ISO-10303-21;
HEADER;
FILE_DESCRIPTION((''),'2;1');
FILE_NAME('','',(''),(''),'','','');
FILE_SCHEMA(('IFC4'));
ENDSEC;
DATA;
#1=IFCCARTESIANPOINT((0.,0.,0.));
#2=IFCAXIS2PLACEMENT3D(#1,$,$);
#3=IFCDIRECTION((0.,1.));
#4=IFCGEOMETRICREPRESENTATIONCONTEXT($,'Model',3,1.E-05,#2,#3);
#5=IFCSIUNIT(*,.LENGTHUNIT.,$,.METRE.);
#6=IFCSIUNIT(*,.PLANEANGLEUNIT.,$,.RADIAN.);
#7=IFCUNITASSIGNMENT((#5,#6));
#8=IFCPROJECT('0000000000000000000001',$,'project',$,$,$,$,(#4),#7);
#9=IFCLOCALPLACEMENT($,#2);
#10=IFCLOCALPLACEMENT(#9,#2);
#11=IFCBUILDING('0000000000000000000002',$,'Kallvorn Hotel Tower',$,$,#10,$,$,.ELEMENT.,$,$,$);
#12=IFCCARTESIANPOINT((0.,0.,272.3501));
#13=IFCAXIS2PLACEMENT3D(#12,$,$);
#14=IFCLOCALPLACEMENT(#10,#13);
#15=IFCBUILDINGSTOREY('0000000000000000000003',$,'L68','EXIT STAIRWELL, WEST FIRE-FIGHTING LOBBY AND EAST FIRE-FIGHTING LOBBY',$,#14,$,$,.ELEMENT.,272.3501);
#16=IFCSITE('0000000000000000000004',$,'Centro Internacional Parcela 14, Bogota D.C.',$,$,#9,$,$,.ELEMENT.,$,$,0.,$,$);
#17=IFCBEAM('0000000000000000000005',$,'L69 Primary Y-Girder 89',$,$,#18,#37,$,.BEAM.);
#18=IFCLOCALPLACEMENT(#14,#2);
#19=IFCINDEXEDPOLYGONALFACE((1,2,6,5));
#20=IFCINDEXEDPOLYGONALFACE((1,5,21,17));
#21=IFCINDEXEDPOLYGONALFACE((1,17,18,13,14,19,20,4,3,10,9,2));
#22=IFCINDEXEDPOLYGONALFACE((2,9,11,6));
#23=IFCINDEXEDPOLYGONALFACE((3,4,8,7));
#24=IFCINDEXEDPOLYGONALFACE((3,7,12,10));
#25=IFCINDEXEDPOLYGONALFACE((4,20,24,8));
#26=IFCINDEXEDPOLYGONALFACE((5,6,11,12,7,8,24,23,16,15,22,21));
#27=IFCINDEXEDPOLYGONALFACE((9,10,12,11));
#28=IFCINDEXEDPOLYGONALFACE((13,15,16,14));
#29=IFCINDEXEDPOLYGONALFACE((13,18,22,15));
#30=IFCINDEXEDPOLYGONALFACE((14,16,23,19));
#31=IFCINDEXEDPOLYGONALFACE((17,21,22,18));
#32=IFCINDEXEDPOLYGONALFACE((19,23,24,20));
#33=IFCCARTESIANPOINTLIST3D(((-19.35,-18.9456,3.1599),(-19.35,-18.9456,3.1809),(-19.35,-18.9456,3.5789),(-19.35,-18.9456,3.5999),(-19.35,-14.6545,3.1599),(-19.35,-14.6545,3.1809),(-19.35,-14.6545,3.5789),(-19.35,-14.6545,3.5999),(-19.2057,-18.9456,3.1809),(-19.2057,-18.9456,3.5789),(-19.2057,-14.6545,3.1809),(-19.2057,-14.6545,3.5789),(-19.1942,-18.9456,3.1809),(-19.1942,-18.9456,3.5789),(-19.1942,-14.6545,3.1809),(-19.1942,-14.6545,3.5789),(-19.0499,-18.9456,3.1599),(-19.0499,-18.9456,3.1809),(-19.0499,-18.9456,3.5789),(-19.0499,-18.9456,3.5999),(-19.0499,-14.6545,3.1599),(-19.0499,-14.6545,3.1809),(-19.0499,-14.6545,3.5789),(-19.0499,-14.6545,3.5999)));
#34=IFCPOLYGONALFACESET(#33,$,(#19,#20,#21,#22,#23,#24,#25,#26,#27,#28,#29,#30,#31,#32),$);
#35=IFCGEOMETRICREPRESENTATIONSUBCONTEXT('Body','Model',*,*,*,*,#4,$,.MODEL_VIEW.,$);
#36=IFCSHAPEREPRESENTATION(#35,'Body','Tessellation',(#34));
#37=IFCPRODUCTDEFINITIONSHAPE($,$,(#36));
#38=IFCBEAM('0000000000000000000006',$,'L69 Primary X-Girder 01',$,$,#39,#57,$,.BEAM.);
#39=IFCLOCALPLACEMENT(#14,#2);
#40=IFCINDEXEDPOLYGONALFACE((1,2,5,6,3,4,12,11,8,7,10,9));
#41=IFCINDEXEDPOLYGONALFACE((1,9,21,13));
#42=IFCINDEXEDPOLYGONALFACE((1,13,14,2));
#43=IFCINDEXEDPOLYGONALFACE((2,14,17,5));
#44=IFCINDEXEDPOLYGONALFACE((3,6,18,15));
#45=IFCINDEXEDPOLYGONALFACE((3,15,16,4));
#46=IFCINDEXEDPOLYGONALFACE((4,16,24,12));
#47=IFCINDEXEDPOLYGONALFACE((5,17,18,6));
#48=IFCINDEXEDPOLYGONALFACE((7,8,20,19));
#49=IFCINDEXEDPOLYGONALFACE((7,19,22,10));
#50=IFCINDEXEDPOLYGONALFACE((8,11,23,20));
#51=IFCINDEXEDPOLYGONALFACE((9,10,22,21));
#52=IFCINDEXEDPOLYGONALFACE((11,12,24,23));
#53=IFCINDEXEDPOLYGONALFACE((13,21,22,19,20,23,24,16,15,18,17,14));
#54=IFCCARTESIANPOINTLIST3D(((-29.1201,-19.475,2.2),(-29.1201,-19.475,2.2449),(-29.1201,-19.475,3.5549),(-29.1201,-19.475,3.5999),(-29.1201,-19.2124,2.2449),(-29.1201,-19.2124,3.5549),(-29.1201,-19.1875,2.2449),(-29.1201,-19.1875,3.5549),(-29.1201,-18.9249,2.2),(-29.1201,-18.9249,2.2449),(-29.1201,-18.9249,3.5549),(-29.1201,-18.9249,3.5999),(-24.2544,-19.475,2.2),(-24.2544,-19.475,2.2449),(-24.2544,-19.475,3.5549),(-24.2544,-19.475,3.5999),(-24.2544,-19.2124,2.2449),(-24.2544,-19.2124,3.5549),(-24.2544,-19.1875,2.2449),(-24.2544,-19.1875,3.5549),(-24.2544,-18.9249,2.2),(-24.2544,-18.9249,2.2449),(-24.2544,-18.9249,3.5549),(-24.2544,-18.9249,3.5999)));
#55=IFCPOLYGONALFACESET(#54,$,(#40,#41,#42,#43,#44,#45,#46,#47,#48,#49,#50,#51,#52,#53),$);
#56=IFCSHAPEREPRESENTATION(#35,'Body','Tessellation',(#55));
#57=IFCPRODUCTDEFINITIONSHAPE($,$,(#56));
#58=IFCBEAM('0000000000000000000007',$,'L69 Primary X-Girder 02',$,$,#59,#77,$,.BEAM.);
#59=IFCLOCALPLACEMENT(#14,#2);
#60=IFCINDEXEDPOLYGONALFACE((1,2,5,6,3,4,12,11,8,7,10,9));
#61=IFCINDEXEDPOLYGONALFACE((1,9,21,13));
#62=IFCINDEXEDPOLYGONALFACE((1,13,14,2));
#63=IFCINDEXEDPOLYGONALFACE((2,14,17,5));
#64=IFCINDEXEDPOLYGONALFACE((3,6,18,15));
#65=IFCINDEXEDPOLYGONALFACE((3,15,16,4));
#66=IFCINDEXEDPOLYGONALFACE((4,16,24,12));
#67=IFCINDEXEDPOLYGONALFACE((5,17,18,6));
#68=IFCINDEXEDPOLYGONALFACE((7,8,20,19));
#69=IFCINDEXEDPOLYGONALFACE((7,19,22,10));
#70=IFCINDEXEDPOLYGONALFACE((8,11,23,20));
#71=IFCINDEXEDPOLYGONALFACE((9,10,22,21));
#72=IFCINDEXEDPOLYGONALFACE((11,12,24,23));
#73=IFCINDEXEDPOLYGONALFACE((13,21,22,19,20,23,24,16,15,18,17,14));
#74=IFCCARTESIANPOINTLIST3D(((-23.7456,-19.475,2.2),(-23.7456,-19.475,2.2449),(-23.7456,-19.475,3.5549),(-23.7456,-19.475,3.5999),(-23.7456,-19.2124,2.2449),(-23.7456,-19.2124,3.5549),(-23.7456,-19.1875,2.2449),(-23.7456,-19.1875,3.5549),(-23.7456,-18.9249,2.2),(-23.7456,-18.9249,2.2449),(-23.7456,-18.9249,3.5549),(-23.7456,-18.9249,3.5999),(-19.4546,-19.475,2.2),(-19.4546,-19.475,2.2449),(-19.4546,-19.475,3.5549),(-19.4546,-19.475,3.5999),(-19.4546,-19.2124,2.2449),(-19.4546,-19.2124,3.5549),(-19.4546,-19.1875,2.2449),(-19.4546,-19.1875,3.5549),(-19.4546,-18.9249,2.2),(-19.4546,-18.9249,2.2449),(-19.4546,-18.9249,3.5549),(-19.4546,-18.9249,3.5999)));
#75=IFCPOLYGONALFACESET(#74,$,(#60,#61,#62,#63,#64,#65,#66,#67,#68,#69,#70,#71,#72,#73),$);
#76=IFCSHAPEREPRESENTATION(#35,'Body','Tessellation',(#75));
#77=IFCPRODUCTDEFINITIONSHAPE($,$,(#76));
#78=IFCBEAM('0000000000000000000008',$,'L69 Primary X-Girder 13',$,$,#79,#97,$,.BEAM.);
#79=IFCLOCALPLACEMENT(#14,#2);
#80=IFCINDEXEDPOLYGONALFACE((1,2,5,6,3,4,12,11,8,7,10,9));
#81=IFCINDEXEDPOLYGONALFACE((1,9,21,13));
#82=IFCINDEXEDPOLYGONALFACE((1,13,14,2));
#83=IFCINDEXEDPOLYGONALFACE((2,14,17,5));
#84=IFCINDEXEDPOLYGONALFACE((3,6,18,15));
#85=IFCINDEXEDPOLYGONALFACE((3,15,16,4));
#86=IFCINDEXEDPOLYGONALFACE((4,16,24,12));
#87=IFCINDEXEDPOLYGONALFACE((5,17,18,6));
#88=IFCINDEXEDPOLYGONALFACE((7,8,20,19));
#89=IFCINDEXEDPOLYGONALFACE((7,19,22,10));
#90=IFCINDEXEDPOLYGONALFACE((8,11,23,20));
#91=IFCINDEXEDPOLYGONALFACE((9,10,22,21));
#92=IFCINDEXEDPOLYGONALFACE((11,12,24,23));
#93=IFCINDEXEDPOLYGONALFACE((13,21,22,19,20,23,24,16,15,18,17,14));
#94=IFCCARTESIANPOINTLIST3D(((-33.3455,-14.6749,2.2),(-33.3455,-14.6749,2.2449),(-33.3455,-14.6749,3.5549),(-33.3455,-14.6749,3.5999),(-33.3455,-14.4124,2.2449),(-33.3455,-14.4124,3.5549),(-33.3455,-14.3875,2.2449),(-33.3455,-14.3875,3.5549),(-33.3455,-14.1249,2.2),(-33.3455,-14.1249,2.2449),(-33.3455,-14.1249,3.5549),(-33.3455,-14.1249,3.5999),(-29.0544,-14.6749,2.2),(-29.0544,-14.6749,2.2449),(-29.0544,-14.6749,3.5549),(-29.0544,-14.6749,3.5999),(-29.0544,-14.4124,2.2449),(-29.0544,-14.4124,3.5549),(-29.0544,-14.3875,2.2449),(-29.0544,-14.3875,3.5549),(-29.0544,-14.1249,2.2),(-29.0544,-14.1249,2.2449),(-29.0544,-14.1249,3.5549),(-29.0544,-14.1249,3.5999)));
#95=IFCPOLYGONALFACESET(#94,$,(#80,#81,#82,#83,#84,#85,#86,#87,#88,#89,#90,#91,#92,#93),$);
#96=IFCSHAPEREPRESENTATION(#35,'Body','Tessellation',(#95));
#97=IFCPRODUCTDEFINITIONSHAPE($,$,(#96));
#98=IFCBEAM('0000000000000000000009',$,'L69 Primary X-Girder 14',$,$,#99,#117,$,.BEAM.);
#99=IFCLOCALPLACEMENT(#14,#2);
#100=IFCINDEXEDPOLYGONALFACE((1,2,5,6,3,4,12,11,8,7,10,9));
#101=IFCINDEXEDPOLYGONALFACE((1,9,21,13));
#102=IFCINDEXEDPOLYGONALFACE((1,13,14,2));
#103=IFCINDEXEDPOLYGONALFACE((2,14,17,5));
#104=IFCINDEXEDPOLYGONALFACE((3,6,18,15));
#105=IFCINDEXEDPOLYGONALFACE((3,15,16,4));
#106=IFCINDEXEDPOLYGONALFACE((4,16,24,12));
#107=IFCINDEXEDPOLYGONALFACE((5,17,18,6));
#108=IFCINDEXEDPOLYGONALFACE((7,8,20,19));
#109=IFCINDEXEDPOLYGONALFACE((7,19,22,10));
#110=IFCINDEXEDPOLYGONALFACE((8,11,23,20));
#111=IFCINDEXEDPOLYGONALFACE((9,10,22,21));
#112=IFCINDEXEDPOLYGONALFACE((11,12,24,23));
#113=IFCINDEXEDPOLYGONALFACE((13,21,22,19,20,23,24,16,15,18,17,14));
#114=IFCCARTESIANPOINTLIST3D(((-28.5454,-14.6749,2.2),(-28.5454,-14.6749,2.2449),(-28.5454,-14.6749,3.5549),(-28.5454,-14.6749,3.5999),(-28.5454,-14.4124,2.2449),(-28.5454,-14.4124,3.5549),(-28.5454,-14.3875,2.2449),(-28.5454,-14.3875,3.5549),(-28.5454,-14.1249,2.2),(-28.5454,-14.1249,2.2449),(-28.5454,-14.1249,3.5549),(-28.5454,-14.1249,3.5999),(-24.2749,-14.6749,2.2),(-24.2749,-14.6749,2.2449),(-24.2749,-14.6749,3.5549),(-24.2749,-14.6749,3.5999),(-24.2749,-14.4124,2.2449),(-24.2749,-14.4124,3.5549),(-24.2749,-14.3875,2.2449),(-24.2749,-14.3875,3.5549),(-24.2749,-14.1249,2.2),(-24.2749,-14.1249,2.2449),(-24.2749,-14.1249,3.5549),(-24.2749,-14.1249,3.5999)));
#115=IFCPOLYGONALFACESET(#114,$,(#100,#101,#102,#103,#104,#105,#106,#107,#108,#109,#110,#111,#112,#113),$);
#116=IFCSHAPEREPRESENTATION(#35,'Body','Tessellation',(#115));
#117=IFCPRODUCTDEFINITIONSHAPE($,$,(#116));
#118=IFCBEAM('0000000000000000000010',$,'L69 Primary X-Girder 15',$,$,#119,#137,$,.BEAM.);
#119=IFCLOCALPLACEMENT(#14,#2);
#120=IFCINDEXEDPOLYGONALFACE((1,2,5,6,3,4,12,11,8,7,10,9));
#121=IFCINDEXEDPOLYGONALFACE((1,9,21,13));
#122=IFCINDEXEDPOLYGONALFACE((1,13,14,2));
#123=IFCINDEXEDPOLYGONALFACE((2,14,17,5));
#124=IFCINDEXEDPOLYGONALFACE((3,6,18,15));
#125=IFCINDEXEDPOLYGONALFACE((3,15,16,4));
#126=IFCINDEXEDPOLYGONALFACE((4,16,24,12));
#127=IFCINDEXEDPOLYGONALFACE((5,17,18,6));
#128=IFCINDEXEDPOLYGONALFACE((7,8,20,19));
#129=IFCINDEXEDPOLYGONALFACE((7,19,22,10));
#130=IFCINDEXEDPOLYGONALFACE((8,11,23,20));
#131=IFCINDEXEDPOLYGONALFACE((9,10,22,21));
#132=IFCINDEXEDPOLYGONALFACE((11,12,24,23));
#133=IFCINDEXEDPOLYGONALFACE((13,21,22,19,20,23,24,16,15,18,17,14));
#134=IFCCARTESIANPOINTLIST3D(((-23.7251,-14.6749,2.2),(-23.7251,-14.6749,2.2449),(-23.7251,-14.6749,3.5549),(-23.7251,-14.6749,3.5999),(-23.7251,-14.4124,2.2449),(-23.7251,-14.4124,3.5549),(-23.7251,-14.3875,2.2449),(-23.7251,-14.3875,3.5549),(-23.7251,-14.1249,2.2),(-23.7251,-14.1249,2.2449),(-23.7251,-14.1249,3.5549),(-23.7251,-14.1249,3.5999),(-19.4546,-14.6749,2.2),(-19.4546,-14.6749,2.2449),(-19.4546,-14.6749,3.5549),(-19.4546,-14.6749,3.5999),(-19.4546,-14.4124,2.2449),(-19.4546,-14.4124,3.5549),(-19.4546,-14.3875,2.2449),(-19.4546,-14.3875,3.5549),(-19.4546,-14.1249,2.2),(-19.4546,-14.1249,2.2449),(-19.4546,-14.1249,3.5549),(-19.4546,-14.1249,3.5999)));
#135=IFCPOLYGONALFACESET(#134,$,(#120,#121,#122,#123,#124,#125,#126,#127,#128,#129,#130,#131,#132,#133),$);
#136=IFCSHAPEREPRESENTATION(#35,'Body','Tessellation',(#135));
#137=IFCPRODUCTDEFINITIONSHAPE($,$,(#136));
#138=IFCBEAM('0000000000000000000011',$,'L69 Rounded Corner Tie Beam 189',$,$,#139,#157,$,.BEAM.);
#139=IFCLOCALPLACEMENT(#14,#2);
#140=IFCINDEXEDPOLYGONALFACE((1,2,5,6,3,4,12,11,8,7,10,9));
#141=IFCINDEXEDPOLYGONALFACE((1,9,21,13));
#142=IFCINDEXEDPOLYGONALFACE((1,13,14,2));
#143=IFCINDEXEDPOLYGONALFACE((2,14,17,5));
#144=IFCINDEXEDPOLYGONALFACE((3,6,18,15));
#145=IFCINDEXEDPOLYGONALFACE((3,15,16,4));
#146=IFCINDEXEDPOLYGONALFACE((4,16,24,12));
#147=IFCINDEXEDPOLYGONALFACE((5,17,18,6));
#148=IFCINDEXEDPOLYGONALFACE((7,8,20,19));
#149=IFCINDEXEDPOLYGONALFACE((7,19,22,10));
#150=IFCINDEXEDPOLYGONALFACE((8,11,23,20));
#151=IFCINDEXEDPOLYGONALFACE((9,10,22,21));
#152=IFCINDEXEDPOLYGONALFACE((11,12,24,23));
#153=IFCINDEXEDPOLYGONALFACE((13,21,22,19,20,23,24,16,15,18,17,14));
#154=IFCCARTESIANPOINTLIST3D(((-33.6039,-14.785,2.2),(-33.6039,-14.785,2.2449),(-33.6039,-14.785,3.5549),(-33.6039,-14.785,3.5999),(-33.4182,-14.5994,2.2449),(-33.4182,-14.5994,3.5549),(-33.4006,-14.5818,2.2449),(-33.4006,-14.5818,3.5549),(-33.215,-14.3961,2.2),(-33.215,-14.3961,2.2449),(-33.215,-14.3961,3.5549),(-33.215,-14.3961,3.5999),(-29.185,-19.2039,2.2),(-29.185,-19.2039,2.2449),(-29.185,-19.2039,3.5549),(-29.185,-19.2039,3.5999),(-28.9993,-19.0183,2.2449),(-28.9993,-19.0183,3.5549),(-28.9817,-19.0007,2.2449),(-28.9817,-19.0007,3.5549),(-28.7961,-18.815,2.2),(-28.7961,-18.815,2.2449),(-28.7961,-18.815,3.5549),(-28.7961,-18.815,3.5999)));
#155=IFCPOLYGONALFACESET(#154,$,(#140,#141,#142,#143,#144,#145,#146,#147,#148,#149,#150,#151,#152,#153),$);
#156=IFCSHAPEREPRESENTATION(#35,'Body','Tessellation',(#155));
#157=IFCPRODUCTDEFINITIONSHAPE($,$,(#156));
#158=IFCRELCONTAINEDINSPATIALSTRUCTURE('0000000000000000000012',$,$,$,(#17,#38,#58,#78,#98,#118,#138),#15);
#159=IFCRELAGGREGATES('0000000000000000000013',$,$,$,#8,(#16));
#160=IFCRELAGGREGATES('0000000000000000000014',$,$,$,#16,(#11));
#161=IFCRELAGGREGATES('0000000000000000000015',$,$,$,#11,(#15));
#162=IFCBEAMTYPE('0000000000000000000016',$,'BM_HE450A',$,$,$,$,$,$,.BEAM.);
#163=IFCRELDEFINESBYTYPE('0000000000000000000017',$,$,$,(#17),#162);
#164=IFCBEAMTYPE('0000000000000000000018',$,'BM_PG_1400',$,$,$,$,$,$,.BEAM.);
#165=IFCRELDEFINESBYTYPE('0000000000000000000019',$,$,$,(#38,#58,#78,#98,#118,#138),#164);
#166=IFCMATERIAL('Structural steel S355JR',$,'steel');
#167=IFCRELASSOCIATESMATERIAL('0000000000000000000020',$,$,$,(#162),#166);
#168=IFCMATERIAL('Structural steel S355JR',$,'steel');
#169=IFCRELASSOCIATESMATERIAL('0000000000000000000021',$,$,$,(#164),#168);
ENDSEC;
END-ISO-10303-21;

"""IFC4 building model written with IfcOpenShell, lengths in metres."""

from ifc_helpers import new_model, si_unit, direction, frame, origin, origin_2d, place, context, subcontext, project, spatial, i_section, extrude, material, material_profile, profile_set, type_object, element, save


model = new_model("IFC4")

# Units and contexts
model_context = context("Model", 3, precision=1e-05, world=origin(), true_north=direction((0.0, 1.0)))
body_context = subcontext(model_context, "Body", "Model", "MODEL_VIEW")
ifc_project = project(units=[si_unit("LENGTHUNIT", "METRE"), si_unit("PLANEANGLEUNIT", "RADIAN")], contexts=[model_context])

# Site, building, storey
site_placement = place(None, origin())
site = spatial("IfcSite", under=ifc_project, at=site_placement, Name="Centro Internacional Parcela 14, Bogota D.C.", CompositionType="ELEMENT", RefElevation=0.0)
building_placement = place(site_placement, origin())
building = spatial("IfcBuilding", under=site, at=building_placement, Name="Kallvorn Hotel Tower", CompositionType="ELEMENT")
storey_placement = place(building_placement, frame((0.0, 0.0, 272.3501)))
storey = spatial("IfcBuildingStorey", under=building, at=storey_placement, Name="L68", Description="EXIT STAIRWELL, WEST FIRE-FIGHTING LOBBY AND EAST FIRE-FIGHTING LOBBY", CompositionType="ELEMENT", Elevation=272.3501)

# Beams
ifc_material_1 = material(Name="Structural steel S355JR", Category="steel")
ifc_material_profile_1 = material_profile(ifc_material_1, i_section(OverallWidth=0.3, OverallDepth=0.4399, WebThickness=0.0115, FlangeThickness=0.021, at=origin_2d()), Name="HE 450 A")
ifc_profile_set_1 = profile_set([ifc_material_profile_1], Name="Structural steel S355JR")
beam_type_1 = type_object("IfcBeamType", Name="BM_HE450A", PredefinedType="BEAM", material=ifc_profile_set_1)
beam_1_placement = place(storey_placement, frame((-19.2, -18.9456, 3.3799), z_axis=(0.0, 1.0, 0.0), x_axis=(-1.0, 0.0, 0.0)))
element("IfcBeam", 1, at=beam_1_placement, inside=storey, type_object=beam_type_1, Name="L69 Primary Y-Girder 89", PredefinedType="BEAM", context=body_context, shape_type="SweptSolid", body=[
    extrude(i_section(OverallWidth=0.3, OverallDepth=0.4399, WebThickness=0.0115, FlangeThickness=0.021, at=origin_2d()), origin(), (0.0, 0.0, 1.0), 4.291),
])
ifc_material_2 = material(Name="Structural steel S355JR", Category="steel")
ifc_material_profile_2 = material_profile(ifc_material_2, i_section(OverallWidth=0.55, OverallDepth=1.3999, WebThickness=0.0249, FlangeThickness=0.0449, at=origin_2d()), Name="PG 1400x550x25x45")
ifc_profile_set_2 = profile_set([ifc_material_profile_2], Name="Structural steel S355JR")
beam_type_2 = type_object("IfcBeamType", Name="BM_PG_1400", PredefinedType="BEAM", material=ifc_profile_set_2)
beam_2_placement = place(storey_placement, frame((-29.1201, -19.2, 2.8999), z_axis=(1.0, 0.0, 0.0), x_axis=(0.0, 1.0, 0.0)))
element("IfcBeam", 2, at=beam_2_placement, inside=storey, type_object=beam_type_2, Name="L69 Primary X-Girder 01", PredefinedType="BEAM", context=body_context, shape_type="SweptSolid", body=[
    extrude(i_section(OverallWidth=0.55, OverallDepth=1.3999, WebThickness=0.0249, FlangeThickness=0.0449, at=origin_2d()), origin(), (0.0, 0.0, 1.0), 4.8657),
])
for number, where, z_axis, x_axis, name in (
    (3, (-23.7456, -19.2, 2.8999), (1.0, 0.0, 0.0), (0.0, 1.0, 0.0), "L69 Primary X-Girder 02"),
    (4, (-33.3455, -14.3999, 2.8999), (1.0, 0.0, 0.0), (0.0, 1.0, 0.0), "L69 Primary X-Girder 13"),
):
    element("IfcBeam", number, at=place(storey_placement, frame(where, z_axis=z_axis, x_axis=x_axis)), inside=storey, type_object=beam_type_2, Name=name, PredefinedType="BEAM", context=body_context, shape_type="SweptSolid", body=[
        extrude(i_section(OverallWidth=0.55, OverallDepth=1.3999, WebThickness=0.0249, FlangeThickness=0.0449, at=origin_2d()), origin(), (0.0, 0.0, 1.0), 4.291),
    ])
for number, where, z_axis, x_axis, name in (
    (5, (-28.5454, -14.3999, 2.8999), (1.0, 0.0, 0.0), (0.0, 1.0, 0.0), "L69 Primary X-Girder 14"),
    (6, (-23.7251, -14.3999, 2.8999), (1.0, 0.0, 0.0), (0.0, 1.0, 0.0), "L69 Primary X-Girder 15"),
):
    element("IfcBeam", number, at=place(storey_placement, frame(where, z_axis=z_axis, x_axis=x_axis)), inside=storey, type_object=beam_type_2, Name=name, PredefinedType="BEAM", context=body_context, shape_type="SweptSolid", body=[
        extrude(i_section(OverallWidth=0.55, OverallDepth=1.3999, WebThickness=0.0249, FlangeThickness=0.0449, at=origin_2d()), origin(), (0.0, 0.0, 1.0), 4.2705),
    ])
beam_3_placement = place(storey_placement, frame((-33.4094, -14.5906, 2.8999), z_axis=(0.707107, -0.707107, 0.0), x_axis=(0.707107, 0.707107, 0.0)))
element("IfcBeam", 7, at=beam_3_placement, inside=storey, type_object=beam_type_2, Name="L69 Rounded Corner Tie Beam 189", PredefinedType="BEAM", context=body_context, shape_type="SweptSolid", body=[
    extrude(i_section(OverallWidth=0.55, OverallDepth=1.3999, WebThickness=0.0249, FlangeThickness=0.0449, at=origin_2d()), origin(), (0.0, 0.0, 1.0), 6.2493),
])

save(model, "model.ifc")
